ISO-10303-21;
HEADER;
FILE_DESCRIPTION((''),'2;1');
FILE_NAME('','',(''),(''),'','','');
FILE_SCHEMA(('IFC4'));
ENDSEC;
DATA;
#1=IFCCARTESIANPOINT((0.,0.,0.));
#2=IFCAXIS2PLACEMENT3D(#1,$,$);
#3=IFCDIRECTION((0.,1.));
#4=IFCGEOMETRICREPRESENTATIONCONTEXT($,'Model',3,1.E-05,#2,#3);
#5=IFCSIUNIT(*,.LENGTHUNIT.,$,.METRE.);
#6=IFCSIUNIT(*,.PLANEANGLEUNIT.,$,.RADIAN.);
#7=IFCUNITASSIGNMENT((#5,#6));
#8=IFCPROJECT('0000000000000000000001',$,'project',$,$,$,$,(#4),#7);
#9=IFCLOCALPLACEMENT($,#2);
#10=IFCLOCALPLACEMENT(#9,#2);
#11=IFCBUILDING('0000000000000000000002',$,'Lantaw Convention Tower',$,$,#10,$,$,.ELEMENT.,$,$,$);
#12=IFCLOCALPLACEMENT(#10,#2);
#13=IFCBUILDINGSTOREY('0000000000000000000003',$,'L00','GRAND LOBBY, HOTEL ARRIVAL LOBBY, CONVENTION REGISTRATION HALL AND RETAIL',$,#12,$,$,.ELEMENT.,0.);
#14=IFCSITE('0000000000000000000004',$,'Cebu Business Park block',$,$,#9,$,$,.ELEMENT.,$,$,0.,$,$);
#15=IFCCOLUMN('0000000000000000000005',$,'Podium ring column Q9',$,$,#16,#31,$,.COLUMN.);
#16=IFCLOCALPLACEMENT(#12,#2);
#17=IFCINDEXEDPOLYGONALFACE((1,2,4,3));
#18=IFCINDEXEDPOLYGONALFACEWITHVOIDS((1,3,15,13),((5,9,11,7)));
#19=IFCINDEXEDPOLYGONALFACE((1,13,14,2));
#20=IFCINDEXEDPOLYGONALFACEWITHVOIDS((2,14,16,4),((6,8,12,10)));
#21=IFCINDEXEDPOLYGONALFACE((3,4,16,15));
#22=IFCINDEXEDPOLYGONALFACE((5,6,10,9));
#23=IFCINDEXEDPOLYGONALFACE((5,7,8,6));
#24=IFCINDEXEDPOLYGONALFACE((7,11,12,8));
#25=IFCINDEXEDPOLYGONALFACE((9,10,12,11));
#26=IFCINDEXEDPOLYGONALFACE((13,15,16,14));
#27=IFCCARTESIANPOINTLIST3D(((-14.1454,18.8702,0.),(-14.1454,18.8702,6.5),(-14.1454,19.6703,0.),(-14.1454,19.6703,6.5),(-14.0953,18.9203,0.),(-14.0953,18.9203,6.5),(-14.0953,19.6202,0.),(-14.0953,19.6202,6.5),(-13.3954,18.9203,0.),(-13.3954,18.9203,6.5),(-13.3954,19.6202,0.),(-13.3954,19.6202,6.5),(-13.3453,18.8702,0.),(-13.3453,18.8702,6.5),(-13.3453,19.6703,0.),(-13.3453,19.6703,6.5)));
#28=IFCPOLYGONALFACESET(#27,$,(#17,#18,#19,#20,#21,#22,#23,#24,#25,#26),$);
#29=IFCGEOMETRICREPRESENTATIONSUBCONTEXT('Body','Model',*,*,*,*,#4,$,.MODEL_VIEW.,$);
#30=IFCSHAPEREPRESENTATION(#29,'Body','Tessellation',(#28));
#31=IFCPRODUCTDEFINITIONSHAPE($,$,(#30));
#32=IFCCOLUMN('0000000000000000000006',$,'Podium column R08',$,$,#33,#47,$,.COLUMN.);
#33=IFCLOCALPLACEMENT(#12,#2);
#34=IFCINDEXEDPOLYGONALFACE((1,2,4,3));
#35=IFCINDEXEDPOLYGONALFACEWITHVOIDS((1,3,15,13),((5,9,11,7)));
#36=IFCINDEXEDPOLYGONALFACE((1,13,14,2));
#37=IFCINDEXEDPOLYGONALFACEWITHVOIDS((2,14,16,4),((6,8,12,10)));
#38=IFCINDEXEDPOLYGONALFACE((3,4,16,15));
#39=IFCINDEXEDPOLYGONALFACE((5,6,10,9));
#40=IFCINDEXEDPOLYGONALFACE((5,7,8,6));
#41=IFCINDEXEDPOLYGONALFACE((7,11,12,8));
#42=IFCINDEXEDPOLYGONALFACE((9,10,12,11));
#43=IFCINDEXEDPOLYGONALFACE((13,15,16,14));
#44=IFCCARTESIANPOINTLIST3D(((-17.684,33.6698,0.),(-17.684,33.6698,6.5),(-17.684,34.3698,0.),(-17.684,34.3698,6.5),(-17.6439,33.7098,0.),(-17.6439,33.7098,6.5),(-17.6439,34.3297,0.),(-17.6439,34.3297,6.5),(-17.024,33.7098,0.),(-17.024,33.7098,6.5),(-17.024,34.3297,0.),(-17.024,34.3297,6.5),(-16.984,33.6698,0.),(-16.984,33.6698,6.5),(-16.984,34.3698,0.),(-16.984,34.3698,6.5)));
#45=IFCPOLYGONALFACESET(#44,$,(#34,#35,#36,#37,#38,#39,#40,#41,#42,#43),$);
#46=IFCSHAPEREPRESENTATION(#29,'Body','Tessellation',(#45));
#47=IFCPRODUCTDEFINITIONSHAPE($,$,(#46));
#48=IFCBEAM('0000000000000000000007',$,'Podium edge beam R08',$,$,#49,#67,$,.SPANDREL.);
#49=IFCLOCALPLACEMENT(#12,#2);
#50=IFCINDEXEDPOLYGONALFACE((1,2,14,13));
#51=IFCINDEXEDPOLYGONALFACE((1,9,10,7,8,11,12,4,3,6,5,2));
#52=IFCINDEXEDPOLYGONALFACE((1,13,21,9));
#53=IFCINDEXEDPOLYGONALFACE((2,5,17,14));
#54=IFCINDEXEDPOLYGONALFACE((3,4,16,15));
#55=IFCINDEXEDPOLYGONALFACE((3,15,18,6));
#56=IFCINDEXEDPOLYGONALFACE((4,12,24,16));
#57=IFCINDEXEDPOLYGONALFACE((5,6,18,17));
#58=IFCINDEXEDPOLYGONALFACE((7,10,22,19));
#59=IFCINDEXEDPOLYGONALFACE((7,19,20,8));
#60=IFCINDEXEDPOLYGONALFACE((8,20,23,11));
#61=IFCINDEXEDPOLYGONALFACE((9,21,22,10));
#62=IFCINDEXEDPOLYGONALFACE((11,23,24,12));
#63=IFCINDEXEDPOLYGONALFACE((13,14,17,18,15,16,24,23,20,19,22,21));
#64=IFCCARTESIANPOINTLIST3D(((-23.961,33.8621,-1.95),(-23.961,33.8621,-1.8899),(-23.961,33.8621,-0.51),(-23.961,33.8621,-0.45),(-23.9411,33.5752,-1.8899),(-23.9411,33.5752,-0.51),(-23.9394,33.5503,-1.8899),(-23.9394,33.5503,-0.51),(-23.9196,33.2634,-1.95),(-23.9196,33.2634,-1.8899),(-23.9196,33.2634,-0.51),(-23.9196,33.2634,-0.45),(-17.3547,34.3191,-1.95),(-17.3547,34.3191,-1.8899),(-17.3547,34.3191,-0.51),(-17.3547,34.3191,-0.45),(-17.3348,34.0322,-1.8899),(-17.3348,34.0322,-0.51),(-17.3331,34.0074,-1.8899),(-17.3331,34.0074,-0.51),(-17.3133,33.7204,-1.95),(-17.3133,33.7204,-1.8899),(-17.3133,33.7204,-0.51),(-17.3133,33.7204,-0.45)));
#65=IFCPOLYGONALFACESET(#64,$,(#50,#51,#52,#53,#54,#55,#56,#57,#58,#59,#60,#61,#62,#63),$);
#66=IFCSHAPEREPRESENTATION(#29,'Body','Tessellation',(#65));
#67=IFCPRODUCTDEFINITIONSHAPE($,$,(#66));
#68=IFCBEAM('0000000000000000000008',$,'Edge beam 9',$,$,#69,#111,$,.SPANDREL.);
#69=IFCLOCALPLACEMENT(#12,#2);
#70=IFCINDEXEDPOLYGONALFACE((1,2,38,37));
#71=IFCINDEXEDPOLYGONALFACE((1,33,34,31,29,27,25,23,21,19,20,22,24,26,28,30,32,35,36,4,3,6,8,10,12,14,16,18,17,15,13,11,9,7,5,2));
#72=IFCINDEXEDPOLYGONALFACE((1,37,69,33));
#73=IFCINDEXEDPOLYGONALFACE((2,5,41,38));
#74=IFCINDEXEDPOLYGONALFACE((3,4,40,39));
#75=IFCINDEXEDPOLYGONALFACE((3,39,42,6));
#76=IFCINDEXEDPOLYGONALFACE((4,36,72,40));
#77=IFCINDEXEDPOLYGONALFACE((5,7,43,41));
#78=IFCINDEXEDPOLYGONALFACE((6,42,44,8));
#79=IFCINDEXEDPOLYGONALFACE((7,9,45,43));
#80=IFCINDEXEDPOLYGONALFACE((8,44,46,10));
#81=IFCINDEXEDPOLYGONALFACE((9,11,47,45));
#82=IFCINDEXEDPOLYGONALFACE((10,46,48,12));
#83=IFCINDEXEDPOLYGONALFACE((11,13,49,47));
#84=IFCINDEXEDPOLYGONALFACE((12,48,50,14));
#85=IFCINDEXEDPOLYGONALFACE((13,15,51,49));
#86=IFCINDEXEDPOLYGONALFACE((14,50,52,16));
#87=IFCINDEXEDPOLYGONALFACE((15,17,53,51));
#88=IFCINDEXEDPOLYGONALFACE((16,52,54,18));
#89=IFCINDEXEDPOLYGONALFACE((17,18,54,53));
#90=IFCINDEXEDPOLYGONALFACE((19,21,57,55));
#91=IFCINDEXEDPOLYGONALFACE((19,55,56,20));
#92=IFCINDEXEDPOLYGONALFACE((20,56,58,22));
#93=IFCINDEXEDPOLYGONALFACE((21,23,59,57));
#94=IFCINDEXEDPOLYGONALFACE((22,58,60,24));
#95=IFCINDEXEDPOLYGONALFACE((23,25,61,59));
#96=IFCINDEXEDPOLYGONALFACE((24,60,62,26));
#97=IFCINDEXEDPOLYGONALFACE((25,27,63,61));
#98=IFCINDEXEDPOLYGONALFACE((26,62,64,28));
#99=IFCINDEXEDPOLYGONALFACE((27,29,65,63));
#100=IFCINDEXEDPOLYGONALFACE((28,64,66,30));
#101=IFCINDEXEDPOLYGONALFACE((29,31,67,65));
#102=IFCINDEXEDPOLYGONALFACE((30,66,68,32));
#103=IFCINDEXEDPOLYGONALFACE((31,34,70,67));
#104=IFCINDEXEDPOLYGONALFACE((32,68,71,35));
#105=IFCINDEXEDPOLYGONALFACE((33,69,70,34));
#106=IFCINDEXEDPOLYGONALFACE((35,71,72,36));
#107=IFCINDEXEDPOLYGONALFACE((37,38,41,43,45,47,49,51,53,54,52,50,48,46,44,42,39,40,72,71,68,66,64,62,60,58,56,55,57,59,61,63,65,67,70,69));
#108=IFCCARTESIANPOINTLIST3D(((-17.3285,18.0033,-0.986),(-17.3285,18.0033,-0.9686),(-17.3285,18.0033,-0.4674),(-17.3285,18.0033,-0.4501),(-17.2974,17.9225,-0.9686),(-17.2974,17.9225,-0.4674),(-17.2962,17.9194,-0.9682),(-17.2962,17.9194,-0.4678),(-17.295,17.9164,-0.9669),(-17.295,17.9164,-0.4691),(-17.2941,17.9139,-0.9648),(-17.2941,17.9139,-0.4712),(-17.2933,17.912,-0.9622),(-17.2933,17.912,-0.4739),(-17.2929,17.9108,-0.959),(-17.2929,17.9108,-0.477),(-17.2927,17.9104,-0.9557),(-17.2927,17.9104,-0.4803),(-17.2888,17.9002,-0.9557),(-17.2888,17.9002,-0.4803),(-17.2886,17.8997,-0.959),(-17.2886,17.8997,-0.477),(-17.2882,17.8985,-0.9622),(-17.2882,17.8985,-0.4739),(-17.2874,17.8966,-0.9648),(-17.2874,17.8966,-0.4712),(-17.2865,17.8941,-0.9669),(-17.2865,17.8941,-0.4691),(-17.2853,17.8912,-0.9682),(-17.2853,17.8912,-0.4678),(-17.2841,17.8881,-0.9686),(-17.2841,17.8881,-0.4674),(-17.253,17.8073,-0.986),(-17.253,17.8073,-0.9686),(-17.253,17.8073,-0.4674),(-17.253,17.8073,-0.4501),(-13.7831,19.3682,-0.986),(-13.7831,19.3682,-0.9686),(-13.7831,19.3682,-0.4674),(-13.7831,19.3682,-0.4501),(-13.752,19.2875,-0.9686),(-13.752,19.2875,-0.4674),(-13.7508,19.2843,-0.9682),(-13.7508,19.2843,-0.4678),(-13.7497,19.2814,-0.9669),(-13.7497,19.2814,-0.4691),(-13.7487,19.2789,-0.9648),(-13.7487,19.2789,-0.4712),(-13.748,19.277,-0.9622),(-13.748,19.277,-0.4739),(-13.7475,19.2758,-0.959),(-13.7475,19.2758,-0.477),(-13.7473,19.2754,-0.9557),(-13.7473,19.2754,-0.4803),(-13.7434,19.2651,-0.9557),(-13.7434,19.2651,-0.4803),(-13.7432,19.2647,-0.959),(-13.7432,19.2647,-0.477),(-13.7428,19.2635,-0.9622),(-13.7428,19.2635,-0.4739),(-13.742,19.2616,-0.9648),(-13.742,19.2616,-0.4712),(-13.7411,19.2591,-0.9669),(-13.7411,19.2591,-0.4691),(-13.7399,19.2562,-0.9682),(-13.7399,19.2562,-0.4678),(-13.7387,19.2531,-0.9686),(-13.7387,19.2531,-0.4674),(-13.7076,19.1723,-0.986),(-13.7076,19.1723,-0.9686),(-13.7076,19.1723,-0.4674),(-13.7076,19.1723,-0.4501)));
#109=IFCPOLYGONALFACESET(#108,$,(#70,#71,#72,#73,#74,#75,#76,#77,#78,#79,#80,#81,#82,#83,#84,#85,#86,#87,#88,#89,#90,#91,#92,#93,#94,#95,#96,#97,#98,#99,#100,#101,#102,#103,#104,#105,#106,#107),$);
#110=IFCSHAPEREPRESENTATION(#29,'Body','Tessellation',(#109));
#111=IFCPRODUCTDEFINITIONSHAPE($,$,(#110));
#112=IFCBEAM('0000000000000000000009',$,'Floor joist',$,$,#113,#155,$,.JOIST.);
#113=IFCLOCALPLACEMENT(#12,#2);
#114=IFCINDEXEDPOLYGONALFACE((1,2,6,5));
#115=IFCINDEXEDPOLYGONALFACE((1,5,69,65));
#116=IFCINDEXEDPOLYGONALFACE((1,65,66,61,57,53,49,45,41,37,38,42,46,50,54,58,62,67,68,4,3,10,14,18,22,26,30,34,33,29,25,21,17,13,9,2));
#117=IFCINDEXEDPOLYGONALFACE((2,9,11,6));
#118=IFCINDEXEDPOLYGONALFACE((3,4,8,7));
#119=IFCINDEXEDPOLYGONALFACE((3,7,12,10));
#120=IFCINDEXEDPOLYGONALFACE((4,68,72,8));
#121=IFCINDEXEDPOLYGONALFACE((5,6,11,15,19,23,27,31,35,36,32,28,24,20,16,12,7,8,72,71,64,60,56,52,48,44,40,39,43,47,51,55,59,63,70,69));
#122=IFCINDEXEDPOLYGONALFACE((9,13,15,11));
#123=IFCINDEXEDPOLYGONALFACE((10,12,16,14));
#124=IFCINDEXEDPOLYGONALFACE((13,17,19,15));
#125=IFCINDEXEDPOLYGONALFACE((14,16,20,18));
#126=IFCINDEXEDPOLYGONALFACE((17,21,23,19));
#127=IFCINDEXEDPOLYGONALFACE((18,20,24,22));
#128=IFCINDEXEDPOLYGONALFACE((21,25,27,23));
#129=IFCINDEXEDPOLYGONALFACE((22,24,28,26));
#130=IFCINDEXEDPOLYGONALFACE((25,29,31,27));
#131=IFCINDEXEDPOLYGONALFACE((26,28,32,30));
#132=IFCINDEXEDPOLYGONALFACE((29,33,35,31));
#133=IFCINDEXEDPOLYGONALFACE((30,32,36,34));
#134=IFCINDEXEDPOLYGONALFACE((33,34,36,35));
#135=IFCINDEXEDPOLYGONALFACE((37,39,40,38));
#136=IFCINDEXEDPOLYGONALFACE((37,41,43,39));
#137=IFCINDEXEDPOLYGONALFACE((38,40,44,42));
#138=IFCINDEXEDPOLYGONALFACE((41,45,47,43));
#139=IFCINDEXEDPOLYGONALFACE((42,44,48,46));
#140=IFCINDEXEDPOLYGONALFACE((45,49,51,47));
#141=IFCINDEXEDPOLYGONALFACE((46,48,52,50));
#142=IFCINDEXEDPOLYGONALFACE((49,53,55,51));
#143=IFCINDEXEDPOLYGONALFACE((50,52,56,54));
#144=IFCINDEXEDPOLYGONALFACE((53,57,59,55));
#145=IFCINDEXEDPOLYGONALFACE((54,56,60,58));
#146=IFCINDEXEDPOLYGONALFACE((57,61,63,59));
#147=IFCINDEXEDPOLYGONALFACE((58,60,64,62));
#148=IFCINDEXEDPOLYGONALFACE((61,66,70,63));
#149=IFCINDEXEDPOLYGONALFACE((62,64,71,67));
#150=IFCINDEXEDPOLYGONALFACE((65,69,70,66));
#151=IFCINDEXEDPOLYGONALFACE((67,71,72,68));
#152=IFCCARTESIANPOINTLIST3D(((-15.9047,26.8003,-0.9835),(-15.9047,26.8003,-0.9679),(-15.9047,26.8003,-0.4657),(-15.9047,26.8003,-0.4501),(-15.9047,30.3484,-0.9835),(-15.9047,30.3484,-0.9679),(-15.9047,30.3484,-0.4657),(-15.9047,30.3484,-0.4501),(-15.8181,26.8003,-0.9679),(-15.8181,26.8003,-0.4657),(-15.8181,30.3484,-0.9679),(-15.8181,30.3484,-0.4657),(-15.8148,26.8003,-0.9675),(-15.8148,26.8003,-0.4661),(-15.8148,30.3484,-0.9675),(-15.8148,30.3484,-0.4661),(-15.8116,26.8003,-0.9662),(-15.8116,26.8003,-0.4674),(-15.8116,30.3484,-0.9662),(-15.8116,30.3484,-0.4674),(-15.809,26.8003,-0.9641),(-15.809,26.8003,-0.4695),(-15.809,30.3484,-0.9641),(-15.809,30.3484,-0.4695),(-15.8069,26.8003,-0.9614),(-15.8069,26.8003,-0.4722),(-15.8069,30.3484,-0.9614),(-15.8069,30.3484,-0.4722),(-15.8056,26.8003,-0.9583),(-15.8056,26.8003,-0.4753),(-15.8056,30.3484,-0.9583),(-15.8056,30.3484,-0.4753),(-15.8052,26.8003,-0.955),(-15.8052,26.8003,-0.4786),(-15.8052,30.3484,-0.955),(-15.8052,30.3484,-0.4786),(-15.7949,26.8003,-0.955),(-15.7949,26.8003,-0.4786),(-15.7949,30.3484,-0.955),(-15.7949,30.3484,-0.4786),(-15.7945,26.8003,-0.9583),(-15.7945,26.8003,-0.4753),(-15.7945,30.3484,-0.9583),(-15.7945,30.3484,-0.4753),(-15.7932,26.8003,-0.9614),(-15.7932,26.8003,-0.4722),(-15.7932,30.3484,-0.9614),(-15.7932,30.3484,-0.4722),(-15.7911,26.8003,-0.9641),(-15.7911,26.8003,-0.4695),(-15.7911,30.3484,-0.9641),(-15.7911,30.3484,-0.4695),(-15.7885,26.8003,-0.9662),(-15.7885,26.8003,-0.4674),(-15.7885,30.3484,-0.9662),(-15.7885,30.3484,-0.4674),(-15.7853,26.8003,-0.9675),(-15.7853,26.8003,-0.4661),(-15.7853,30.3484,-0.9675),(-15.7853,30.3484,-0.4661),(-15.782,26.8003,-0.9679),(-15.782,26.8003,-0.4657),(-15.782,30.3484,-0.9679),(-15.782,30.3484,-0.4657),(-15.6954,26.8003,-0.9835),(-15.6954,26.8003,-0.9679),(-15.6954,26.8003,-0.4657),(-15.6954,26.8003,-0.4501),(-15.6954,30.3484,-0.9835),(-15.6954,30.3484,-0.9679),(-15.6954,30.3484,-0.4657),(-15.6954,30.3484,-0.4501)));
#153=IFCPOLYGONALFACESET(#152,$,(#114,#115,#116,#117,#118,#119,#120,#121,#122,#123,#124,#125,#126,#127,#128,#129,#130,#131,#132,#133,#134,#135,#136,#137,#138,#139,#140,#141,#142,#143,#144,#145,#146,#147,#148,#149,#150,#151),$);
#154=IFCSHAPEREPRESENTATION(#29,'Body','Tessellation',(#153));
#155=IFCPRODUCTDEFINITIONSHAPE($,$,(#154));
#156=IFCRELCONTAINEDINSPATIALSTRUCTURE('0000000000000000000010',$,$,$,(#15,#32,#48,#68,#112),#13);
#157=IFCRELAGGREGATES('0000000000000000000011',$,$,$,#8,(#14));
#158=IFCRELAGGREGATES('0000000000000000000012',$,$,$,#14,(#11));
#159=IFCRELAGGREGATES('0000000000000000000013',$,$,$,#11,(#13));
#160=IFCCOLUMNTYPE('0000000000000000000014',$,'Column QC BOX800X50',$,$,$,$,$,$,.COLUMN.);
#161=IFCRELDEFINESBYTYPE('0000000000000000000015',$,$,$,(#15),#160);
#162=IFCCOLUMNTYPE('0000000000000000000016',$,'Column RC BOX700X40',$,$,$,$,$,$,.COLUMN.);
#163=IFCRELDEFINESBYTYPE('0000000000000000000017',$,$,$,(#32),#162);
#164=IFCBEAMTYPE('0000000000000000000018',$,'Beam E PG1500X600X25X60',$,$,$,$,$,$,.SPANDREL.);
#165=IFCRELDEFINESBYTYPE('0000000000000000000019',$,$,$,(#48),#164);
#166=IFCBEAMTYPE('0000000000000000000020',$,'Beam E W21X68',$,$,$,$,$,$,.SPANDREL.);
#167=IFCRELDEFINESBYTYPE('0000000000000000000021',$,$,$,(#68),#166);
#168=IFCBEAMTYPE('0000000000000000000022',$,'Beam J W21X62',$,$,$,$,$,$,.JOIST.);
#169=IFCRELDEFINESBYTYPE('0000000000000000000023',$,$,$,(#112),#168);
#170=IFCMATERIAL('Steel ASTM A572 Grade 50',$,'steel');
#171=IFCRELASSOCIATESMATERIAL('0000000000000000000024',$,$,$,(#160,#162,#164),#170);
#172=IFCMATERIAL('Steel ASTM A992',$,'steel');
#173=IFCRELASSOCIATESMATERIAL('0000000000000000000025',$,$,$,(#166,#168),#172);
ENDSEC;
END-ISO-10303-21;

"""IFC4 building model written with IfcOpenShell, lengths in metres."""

from ifc_helpers import new_model, si_unit, direction, frame, origin, origin_2d, place, context, subcontext, project, spatial, hollow_rectangle, i_section, extrude, material, material_profile, profile_set, type_object, element, save


model = new_model("IFC4")

# Units and contexts
model_context = context("Model", 3, precision=1e-05, world=origin(), true_north=direction((0.0, 1.0)))
body_context = subcontext(model_context, "Body", "Model", "MODEL_VIEW")
ifc_project = project(units=[si_unit("LENGTHUNIT", "METRE"), si_unit("PLANEANGLEUNIT", "RADIAN")], contexts=[model_context])

# Site, building, storey
site_placement = place(None, origin())
site = spatial("IfcSite", under=ifc_project, at=site_placement, Name="Cebu Business Park block", CompositionType="ELEMENT", RefElevation=0.0)
building_placement = place(site_placement, origin())
building = spatial("IfcBuilding", under=site, at=building_placement, Name="Lantaw Convention Tower", CompositionType="ELEMENT")
storey_placement = place(building_placement, origin())
storey = spatial("IfcBuildingStorey", under=building, at=storey_placement, Name="L00", Description="GRAND LOBBY, HOTEL ARRIVAL LOBBY, CONVENTION REGISTRATION HALL AND RETAIL", CompositionType="ELEMENT", Elevation=0.0)

# Columns
ifc_material_1 = material(Name="Steel ASTM A572 Grade 50", Category="steel")
ifc_material_profile_1 = material_profile(ifc_material_1, hollow_rectangle(XDim=0.8, YDim=0.8, WallThickness=0.05, at=origin_2d()), Name="BOX800X50")
ifc_profile_set_1 = profile_set([ifc_material_profile_1], Name="Steel ASTM A572 Grade 50")
column_type_1 = type_object("IfcColumnType", Name="Column QC BOX800X50", PredefinedType="COLUMN", material=ifc_profile_set_1)
column_1_placement = place(storey_placement, frame((-13.7454, 19.2703, 0.0), z_axis=(0.0, 0.0, 1.0), x_axis=(1.0, 0.0, 0.0)))
element("IfcColumn", 1, at=column_1_placement, inside=storey, type_object=column_type_1, Name="Podium ring column Q9", PredefinedType="COLUMN", context=body_context, shape_type="SweptSolid", body=[
    extrude(hollow_rectangle(XDim=0.8, YDim=0.8, WallThickness=0.05, at=origin_2d()), origin(), (0.0, 0.0, 1.0), 6.5),
])
ifc_material_profile_2 = material_profile(ifc_material_1, hollow_rectangle(XDim=0.7, YDim=0.7, WallThickness=0.04, at=origin_2d()), Name="BOX700X40")
ifc_profile_set_2 = profile_set([ifc_material_profile_2], Name="Steel ASTM A572 Grade 50")
column_type_2 = type_object("IfcColumnType", Name="Column RC BOX700X40", PredefinedType="COLUMN", material=ifc_profile_set_2)
column_2_placement = place(storey_placement, frame((-17.334, 34.0198, 0.0), z_axis=(0.0, 0.0, 1.0), x_axis=(1.0, 0.0, 0.0)))
element("IfcColumn", 2, at=column_2_placement, inside=storey, type_object=column_type_2, Name="Podium column R08", PredefinedType="COLUMN", context=body_context, shape_type="SweptSolid", body=[
    extrude(hollow_rectangle(XDim=0.7, YDim=0.7, WallThickness=0.04, at=origin_2d()), origin(), (0.0, 0.0, 1.0), 6.5),
])

# Beams
ifc_material_profile_3 = material_profile(ifc_material_1, i_section(OverallWidth=0.6001, OverallDepth=1.5, WebThickness=0.0249, FlangeThickness=0.0601, at=origin_2d()), Name="PG1500X600X25X60")
ifc_profile_set_3 = profile_set([ifc_material_profile_3], Name="Steel ASTM A572 Grade 50")
beam_type_1 = type_object("IfcBeamType", Name="Beam E PG1500X600X25X60", PredefinedType="SPANDREL", material=ifc_profile_set_3)
beam_1_placement = place(storey_placement, frame((-17.334, 34.0198, -1.2), z_axis=(-0.997615, -0.069017, 0.0), x_axis=(0.069017, -0.997615, 0.0)))
element("IfcBeam", 3, at=beam_1_placement, inside=storey, type_object=beam_type_1, Name="Podium edge beam R08", PredefinedType="SPANDREL", context=body_context, shape_type="SweptSolid", body=[
    extrude(i_section(OverallWidth=0.6001, OverallDepth=1.5, WebThickness=0.0249, FlangeThickness=0.0601, at=origin_2d()), origin(), (0.0, 0.0, 1.0), 6.6221),
])
ifc_material_2 = material(Name="Steel ASTM A992", Category="steel")
ifc_material_profile_4 = material_profile(ifc_material_2, i_section(OverallWidth=0.21, OverallDepth=0.5359, WebThickness=0.011, FlangeThickness=0.0173, FilletRadius=0.0129, at=origin_2d()), Name="W21X68")
ifc_profile_set_4 = profile_set([ifc_material_profile_4], Name="Steel ASTM A992")
beam_type_2 = type_object("IfcBeamType", Name="Beam E W21X68", PredefinedType="SPANDREL", material=ifc_profile_set_4)
beam_2_placement = place(storey_placement, frame((-13.7454, 19.2703, -0.718), z_axis=(-0.933225, -0.359293, 0.0), x_axis=(0.359293, -0.933225, 0.0)))
element("IfcBeam", 4, at=beam_2_placement, inside=storey, type_object=beam_type_2, Name="Edge beam 9", PredefinedType="SPANDREL", context=body_context, shape_type="SweptSolid", body=[
    extrude(i_section(OverallWidth=0.21, OverallDepth=0.5359, WebThickness=0.011, FlangeThickness=0.0173, FilletRadius=0.0129, at=origin_2d()), origin(), (0.0, 0.0, 1.0), 3.7991),
])
ifc_material_profile_5 = material_profile(ifc_material_2, i_section(OverallWidth=0.2092, OverallDepth=0.5334, WebThickness=0.0103, FlangeThickness=0.0156, FilletRadius=0.0129, at=origin_2d()), Name="W21X62")
ifc_profile_set_5 = profile_set([ifc_material_profile_5], Name="Steel ASTM A992")
beam_type_3 = type_object("IfcBeamType", Name="Beam J W21X62", PredefinedType="JOIST", material=ifc_profile_set_5)
beam_3_placement = place(storey_placement, frame((-15.8, 26.8003, -0.7168), z_axis=(0.0, 1.0, 0.0), x_axis=(-1.0, 0.0, 0.0)))
element("IfcBeam", 5, at=beam_3_placement, inside=storey, type_object=beam_type_3, Name="Floor joist", PredefinedType="JOIST", context=body_context, shape_type="SweptSolid", body=[
    extrude(i_section(OverallWidth=0.2092, OverallDepth=0.5334, WebThickness=0.0103, FlangeThickness=0.0156, FilletRadius=0.0129, at=origin_2d()), origin(), (0.0, 0.0, 1.0), 3.5481),
])

save(model, "model.ifc")
